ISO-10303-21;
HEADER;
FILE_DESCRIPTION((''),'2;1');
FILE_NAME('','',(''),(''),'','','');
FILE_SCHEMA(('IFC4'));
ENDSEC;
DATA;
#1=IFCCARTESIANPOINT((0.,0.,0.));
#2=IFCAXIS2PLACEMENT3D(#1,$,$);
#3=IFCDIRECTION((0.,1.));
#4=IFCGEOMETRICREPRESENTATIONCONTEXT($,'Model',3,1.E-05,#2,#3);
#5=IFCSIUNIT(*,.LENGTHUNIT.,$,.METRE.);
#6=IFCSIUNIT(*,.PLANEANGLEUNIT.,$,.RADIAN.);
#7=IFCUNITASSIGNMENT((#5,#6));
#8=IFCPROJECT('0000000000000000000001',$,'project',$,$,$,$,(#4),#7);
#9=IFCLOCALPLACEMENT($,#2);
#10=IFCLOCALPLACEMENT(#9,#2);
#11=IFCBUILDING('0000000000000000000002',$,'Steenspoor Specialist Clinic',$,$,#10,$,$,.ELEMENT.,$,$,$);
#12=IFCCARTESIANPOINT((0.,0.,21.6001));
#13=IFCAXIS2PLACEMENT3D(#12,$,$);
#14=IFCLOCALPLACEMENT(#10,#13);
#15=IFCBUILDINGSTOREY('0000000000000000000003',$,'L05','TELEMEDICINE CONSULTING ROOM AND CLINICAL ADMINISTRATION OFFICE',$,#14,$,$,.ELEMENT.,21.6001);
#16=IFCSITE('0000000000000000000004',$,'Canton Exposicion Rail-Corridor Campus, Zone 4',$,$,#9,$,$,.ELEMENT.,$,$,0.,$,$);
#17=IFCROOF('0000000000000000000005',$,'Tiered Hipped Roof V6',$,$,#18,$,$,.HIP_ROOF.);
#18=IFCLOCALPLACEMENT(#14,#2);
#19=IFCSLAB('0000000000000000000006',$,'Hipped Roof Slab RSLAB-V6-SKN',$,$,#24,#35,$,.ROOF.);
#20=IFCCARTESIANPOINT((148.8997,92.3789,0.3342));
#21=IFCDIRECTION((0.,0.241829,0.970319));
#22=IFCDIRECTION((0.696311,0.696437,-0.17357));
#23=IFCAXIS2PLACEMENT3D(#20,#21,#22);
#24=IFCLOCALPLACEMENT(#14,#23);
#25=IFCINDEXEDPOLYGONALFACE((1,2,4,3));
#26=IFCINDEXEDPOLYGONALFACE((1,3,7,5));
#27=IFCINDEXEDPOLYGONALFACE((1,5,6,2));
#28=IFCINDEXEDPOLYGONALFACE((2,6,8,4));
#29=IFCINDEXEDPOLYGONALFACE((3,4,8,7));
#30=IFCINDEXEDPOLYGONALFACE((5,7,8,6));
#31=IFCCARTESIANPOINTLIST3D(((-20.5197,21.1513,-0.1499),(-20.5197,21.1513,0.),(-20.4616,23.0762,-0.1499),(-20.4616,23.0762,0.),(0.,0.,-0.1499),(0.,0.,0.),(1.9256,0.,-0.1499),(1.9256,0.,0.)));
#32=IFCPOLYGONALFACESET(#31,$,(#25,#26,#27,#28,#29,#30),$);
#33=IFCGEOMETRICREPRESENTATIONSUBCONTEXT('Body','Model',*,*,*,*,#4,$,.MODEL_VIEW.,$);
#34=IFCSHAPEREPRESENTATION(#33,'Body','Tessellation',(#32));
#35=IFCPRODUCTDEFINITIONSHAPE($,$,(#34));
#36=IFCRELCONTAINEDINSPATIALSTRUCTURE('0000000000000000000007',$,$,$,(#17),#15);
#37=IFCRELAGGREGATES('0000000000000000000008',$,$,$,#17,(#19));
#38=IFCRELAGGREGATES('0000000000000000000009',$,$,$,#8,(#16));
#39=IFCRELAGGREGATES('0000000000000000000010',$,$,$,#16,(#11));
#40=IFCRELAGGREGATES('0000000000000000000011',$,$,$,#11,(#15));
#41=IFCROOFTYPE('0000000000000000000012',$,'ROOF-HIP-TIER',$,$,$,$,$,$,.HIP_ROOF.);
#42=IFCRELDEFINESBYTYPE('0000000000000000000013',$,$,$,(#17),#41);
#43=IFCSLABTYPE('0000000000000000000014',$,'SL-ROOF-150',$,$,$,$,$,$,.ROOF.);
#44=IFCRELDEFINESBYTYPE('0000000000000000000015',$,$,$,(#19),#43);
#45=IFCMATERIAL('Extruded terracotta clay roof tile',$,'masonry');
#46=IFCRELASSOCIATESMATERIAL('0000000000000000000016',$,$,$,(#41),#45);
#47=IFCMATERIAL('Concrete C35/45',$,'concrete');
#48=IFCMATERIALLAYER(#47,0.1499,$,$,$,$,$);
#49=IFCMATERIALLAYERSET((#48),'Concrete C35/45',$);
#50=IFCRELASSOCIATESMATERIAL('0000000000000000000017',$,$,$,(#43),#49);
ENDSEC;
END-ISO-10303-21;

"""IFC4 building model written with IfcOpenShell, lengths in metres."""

from ifc_helpers import new_model, si_unit, direction, frame, origin, place, context, subcontext, project, spatial, polyline, outline, extrude, material, layer, layer_set, type_object, element, aggregate, save


model = new_model("IFC4")

# Units and contexts
model_context = context("Model", 3, precision=1e-05, world=origin(), true_north=direction((0.0, 1.0)))
body_context = subcontext(model_context, "Body", "Model", "MODEL_VIEW")
ifc_project = project(units=[si_unit("LENGTHUNIT", "METRE"), si_unit("PLANEANGLEUNIT", "RADIAN")], contexts=[model_context])

# Site, building, storey
site_placement = place(None, origin())
site = spatial("IfcSite", under=ifc_project, at=site_placement, Name="Canton Exposicion Rail-Corridor Campus, Zone 4", CompositionType="ELEMENT", RefElevation=0.0)
building_placement = place(site_placement, origin())
building = spatial("IfcBuilding", under=site, at=building_placement, Name="Steenspoor Specialist Clinic", CompositionType="ELEMENT")
storey_placement = place(building_placement, frame((0.0, 0.0, 21.6001)))
storey = spatial("IfcBuildingStorey", under=building, at=storey_placement, Name="L05", Description="TELEMEDICINE CONSULTING ROOM AND CLINICAL ADMINISTRATION OFFICE", CompositionType="ELEMENT", Elevation=21.6001)

# Roof, slab
ifc_material_1 = material(Name="Extruded terracotta clay roof tile", Category="masonry")
roof_type = type_object("IfcRoofType", Name="ROOF-HIP-TIER", PredefinedType="HIP_ROOF", material=ifc_material_1)
roof_placement = place(storey_placement, origin())
roof = element("IfcRoof", 1, at=roof_placement, inside=storey, type_object=roof_type, Name="Tiered Hipped Roof V6", PredefinedType="HIP_ROOF")
ifc_material_2 = material(Name="Concrete C35/45", Category="concrete")
ifc_layer_1 = layer(ifc_material_2, 0.1499)
ifc_layer_set_1 = layer_set([ifc_layer_1], Name="Concrete C35/45")
slab_type = type_object("IfcSlabType", Name="SL-ROOF-150", PredefinedType="ROOF", material=ifc_layer_set_1)
slab_placement = place(storey_placement, frame((148.8997, 92.3789, 0.3342), z_axis=(0.0, 0.241829, 0.970319), x_axis=(0.696311, 0.696437, -0.17357)))
slab = element("IfcSlab", 2, at=slab_placement, type_object=slab_type, Name="Hipped Roof Slab RSLAB-V6-SKN", PredefinedType="ROOF", context=body_context, shape_type="SweptSolid", body=[
    extrude(outline(polyline([(0.0, 0.0), (1.9256, 0.0), (-20.4616, 23.0762), (-20.5197, 21.1513), (0.0, 0.0)])), origin(), (0.0, 0.0, -1.0), 0.1499),
])
aggregate(roof, [slab])

save(model, "model.ifc")
